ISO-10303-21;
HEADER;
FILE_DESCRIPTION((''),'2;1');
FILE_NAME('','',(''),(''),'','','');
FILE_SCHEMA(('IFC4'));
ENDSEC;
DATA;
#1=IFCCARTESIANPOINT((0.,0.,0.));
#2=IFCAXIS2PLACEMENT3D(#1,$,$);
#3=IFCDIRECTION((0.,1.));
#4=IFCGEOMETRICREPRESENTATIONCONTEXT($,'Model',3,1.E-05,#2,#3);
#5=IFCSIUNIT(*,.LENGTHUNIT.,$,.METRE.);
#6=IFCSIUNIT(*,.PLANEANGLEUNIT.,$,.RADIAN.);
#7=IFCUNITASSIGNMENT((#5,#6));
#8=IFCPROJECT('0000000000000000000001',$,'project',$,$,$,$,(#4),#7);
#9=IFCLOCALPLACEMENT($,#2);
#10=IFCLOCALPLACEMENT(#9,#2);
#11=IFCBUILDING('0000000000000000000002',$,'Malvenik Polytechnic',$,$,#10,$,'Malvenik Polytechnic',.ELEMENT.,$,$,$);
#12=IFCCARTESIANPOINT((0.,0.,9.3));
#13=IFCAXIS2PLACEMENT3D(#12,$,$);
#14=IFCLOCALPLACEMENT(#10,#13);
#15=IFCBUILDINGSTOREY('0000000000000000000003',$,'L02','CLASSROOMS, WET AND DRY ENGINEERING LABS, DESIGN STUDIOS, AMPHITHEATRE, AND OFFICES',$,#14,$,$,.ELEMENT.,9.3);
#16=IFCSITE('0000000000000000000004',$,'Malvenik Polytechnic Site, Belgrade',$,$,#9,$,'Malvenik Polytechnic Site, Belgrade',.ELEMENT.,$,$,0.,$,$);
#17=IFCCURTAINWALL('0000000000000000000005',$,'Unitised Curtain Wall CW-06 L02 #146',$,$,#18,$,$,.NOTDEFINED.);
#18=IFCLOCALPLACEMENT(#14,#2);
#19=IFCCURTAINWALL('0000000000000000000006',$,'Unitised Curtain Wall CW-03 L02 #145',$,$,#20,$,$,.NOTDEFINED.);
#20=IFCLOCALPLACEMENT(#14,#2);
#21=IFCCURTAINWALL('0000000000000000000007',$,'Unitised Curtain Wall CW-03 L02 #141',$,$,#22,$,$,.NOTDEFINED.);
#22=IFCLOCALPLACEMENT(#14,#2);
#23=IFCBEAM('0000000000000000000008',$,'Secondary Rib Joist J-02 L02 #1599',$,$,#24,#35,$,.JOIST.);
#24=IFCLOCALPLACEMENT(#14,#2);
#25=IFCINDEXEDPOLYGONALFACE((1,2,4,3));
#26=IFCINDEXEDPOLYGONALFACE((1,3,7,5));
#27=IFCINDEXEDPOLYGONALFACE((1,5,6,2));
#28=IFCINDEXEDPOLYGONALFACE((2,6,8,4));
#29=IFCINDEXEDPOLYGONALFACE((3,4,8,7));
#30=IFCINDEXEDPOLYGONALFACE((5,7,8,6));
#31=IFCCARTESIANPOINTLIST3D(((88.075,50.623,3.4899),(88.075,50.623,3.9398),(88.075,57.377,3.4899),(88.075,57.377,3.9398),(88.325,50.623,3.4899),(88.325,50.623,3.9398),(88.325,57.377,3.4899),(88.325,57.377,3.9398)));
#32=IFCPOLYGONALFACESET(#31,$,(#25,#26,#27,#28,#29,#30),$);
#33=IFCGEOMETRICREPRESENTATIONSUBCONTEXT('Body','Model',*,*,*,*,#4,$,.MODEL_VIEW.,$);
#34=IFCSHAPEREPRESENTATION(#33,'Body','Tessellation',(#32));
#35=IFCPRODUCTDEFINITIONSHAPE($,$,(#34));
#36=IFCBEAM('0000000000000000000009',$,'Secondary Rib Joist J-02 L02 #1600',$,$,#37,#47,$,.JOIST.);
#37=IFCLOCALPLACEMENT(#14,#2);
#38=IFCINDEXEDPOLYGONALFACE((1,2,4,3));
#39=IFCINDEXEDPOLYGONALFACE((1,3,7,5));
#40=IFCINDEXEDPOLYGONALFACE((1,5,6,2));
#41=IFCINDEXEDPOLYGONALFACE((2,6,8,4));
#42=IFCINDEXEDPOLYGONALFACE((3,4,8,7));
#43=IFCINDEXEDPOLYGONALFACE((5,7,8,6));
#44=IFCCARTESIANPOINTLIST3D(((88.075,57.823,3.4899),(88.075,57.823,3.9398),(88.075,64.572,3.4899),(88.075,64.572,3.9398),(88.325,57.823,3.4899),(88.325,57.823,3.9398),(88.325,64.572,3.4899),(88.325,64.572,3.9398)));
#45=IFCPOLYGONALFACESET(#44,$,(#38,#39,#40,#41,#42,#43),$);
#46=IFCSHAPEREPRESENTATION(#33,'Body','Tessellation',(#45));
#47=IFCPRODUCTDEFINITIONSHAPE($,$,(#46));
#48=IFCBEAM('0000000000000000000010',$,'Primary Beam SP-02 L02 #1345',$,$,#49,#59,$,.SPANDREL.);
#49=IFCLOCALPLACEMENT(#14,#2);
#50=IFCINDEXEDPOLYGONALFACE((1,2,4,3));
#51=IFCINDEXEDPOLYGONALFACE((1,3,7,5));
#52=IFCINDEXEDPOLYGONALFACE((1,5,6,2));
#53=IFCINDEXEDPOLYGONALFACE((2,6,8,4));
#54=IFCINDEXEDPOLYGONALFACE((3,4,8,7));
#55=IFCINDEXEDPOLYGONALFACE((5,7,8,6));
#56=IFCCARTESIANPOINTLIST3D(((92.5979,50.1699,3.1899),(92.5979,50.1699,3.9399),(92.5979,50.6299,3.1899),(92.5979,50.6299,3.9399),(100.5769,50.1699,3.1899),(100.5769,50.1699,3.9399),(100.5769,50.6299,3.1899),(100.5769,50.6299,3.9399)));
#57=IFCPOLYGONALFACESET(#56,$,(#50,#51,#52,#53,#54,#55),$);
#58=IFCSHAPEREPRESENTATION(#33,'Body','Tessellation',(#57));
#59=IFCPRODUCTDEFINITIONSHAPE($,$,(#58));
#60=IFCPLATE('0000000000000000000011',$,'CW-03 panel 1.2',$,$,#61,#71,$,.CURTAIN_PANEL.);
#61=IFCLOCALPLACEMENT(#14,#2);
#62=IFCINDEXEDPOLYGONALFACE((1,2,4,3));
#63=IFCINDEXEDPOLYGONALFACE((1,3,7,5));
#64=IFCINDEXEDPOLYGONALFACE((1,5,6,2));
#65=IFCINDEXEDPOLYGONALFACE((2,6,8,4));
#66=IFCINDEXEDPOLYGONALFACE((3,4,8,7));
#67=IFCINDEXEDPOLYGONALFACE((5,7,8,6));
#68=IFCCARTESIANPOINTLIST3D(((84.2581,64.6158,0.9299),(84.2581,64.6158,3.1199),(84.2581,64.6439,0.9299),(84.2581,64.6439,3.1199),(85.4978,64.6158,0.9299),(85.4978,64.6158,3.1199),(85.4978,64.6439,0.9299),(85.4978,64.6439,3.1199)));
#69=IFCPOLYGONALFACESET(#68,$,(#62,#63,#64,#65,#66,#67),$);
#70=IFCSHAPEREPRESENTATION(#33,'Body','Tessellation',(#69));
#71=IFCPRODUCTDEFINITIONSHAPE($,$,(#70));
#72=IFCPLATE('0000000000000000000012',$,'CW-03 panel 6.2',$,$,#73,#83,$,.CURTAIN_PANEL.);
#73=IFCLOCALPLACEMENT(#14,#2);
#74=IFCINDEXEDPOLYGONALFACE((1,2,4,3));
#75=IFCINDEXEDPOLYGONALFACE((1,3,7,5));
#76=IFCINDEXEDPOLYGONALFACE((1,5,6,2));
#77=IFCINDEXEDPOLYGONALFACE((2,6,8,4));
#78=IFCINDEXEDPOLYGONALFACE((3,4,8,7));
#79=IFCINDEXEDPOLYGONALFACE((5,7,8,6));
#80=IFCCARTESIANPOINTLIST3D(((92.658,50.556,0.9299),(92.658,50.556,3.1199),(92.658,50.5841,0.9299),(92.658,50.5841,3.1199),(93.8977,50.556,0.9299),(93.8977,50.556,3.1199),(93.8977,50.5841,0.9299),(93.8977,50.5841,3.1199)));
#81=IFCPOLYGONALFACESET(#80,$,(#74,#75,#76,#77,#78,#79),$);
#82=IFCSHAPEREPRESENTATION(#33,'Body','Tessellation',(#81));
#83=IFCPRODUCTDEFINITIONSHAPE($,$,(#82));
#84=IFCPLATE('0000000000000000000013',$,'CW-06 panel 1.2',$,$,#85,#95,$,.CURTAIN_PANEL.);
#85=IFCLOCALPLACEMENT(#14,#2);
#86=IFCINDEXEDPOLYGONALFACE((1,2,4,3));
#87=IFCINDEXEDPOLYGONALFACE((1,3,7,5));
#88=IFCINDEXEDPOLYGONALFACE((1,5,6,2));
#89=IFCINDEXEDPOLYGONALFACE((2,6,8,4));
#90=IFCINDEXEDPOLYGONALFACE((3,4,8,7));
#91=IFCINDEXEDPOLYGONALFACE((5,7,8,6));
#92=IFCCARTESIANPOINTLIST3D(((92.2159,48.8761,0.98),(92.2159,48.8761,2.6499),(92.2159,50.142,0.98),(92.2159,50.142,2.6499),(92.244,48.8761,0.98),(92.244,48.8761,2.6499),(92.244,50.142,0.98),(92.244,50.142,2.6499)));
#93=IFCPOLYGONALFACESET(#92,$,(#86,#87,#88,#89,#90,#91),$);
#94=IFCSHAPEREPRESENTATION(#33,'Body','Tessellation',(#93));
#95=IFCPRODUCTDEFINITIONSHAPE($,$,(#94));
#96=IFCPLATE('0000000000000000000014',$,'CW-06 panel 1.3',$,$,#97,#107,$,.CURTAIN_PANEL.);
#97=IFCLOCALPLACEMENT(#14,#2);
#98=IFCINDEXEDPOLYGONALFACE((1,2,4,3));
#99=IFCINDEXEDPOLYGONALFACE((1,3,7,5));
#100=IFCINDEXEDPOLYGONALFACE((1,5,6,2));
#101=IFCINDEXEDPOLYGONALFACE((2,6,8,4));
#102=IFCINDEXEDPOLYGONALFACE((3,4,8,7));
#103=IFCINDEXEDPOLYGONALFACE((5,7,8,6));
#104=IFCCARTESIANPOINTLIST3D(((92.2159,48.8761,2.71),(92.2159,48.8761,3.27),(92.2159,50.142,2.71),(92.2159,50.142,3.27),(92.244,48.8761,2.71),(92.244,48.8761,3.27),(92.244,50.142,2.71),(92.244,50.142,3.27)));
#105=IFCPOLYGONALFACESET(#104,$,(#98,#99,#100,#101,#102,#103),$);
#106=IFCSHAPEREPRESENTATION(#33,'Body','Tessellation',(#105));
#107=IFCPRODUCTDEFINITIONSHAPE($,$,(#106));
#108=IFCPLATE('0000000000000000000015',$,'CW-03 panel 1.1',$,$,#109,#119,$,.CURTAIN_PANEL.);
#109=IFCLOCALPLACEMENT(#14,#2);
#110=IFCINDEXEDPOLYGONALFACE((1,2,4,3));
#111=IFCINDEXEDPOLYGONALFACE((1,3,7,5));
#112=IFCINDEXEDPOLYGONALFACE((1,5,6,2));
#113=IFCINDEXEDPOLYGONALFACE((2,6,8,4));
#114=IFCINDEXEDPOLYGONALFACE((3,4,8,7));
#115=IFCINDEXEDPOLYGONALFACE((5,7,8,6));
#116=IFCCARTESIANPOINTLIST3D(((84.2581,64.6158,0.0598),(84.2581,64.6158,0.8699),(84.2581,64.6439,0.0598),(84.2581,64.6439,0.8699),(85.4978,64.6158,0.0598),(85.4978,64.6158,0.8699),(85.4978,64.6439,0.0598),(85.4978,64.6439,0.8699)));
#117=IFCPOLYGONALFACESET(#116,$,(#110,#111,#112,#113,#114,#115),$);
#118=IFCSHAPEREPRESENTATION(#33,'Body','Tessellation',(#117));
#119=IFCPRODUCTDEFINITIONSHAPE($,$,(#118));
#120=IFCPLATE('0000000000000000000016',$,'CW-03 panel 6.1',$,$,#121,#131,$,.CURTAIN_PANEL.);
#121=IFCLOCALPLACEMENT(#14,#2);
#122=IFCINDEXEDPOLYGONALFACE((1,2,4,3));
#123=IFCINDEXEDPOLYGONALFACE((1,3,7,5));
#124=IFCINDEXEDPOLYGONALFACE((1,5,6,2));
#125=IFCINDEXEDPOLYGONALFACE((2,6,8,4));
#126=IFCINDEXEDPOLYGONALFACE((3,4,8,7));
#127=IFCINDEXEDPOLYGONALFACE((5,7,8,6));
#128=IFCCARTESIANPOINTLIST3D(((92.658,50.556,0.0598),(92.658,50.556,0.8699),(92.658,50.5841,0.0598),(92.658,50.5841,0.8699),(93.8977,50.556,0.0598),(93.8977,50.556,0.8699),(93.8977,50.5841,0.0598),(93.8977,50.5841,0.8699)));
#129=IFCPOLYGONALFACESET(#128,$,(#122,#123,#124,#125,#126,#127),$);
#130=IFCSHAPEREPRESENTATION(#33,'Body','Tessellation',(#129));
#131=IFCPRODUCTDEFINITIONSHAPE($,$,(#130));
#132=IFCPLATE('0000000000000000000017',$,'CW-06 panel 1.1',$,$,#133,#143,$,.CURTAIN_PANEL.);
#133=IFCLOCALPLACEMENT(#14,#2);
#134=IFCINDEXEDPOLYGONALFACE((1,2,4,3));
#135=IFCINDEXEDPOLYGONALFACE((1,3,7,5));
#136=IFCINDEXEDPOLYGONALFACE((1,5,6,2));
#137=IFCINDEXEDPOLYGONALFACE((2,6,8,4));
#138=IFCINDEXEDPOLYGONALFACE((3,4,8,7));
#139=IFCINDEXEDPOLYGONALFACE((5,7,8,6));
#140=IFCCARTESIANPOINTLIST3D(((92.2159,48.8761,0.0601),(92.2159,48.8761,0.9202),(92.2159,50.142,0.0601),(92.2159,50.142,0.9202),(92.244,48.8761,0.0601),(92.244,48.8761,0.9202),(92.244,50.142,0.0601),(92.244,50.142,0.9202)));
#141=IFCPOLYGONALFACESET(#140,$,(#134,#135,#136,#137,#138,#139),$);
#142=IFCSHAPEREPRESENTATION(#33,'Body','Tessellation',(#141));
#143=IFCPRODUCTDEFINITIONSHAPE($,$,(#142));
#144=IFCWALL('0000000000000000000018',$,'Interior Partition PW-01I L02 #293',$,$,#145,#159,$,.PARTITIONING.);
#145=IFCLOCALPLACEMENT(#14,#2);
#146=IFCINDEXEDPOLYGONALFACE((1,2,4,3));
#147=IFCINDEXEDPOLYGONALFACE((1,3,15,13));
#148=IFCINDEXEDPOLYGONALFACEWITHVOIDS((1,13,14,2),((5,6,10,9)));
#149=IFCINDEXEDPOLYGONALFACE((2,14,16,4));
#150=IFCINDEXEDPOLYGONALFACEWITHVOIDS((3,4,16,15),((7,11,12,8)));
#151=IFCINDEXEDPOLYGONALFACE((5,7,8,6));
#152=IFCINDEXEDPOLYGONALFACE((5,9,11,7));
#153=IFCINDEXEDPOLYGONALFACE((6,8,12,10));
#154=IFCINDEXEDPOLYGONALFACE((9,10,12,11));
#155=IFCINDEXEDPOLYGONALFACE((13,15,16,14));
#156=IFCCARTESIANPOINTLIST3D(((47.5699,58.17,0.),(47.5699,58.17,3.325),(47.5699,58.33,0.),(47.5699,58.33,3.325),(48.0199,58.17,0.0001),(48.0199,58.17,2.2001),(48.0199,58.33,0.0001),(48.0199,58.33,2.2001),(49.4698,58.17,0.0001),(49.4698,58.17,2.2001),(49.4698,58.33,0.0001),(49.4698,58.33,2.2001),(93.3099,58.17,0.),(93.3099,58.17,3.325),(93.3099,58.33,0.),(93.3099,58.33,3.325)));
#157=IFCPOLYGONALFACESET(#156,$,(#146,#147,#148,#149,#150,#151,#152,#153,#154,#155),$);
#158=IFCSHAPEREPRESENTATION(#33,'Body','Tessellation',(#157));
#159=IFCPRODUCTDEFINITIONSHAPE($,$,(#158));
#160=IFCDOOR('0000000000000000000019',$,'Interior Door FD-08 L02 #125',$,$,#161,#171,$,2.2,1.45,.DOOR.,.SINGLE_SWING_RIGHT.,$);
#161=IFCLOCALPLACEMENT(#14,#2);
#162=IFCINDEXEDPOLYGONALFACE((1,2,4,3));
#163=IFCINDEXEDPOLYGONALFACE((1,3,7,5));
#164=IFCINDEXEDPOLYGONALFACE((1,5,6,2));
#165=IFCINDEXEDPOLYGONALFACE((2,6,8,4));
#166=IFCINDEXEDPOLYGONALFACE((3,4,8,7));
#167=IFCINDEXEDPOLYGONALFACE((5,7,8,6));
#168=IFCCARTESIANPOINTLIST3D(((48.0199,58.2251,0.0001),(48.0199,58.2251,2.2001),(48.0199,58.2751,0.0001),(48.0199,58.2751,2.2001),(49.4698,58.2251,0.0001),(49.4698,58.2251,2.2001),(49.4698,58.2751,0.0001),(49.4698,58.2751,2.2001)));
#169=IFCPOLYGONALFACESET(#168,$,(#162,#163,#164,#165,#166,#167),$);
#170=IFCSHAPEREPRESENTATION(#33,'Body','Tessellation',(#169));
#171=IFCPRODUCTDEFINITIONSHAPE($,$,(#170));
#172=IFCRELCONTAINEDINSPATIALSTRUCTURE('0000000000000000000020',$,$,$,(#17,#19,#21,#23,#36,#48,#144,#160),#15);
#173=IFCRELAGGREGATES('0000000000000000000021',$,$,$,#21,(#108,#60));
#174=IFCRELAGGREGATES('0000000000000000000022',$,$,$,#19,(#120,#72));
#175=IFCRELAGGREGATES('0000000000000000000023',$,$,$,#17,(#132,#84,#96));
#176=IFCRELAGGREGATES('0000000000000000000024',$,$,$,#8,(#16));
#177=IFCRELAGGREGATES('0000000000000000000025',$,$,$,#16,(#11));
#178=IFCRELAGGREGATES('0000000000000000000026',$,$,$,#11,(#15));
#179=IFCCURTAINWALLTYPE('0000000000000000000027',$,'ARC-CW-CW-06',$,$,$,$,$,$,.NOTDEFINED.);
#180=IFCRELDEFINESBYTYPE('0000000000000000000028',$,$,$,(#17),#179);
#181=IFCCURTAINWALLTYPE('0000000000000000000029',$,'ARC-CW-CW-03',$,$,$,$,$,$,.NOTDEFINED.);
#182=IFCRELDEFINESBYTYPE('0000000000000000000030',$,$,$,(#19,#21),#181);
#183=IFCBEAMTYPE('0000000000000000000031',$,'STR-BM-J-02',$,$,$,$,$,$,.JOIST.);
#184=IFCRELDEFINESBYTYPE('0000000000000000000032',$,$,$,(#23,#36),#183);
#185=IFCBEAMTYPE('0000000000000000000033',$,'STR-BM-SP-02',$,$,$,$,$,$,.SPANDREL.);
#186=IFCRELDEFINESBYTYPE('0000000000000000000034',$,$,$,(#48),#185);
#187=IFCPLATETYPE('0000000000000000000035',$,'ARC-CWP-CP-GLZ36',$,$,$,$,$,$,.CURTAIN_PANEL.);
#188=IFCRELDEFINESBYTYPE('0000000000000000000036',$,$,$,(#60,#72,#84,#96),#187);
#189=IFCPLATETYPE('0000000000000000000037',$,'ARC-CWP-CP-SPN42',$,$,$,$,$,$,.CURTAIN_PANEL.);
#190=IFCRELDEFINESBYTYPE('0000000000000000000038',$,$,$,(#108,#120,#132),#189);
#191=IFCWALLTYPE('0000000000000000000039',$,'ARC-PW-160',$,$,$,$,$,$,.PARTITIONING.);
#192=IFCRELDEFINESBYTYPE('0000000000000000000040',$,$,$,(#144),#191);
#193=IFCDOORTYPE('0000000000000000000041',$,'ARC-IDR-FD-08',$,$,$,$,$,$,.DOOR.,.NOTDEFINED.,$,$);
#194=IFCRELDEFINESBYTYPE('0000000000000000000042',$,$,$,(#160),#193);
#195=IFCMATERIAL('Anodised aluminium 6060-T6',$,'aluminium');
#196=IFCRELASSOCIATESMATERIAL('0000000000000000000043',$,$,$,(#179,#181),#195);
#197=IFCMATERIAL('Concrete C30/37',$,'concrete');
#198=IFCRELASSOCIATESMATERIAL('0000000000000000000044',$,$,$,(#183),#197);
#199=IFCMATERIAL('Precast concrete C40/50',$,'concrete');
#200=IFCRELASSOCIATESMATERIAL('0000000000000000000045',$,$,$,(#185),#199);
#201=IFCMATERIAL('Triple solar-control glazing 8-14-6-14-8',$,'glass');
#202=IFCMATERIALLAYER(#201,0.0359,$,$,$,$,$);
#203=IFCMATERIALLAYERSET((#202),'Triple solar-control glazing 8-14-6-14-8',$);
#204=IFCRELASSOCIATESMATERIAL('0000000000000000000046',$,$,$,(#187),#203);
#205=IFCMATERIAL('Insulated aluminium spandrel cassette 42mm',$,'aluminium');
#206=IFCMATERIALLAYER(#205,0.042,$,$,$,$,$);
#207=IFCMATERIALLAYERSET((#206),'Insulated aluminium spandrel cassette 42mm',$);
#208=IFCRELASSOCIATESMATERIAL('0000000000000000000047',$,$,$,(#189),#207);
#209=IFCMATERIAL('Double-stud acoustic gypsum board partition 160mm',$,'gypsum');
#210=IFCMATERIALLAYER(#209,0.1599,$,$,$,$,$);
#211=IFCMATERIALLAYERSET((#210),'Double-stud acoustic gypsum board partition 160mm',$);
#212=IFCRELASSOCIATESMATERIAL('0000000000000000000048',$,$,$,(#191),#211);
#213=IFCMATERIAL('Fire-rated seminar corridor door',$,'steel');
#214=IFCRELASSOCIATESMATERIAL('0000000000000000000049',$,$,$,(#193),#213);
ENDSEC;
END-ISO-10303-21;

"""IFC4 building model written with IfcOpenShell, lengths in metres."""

from ifc_helpers import new_model, si_unit, direction, frame, frame_2d, origin, origin_2d, place, context, subcontext, project, spatial, rectangle, extrude, material, layer, layer_set, material_profile, profile_set, type_object, element, fill, aggregate, save


model = new_model("IFC4")

# Units and contexts
model_context = context("Model", 3, precision=1e-05, world=origin(), true_north=direction((0.0, 1.0)))
body_context = subcontext(model_context, "Body", "Model", "MODEL_VIEW")
ifc_project = project(units=[si_unit("LENGTHUNIT", "METRE"), si_unit("PLANEANGLEUNIT", "RADIAN")], contexts=[model_context])

# Site, building, storey
site_placement = place(None, origin())
site = spatial("IfcSite", under=ifc_project, at=site_placement, Name="Malvenik Polytechnic Site, Belgrade", LongName="Malvenik Polytechnic Site, Belgrade", CompositionType="ELEMENT", RefElevation=0.0)
building_placement = place(site_placement, origin())
building = spatial("IfcBuilding", under=site, at=building_placement, Name="Malvenik Polytechnic", LongName="Malvenik Polytechnic", CompositionType="ELEMENT")
storey_placement = place(building_placement, frame((0.0, 0.0, 9.3)))
storey = spatial("IfcBuildingStorey", under=building, at=storey_placement, Name="L02", Description="CLASSROOMS, WET AND DRY ENGINEERING LABS, DESIGN STUDIOS, AMPHITHEATRE, AND OFFICES", CompositionType="ELEMENT", Elevation=9.3)

# Shared definitions
ifc_material_1 = material(Name="Concrete C30/37", Category="concrete")

# Curtain wall
ifc_material_2 = material(Name="Anodised aluminium 6060-T6", Category="aluminium")
curtain_wall_type_1 = type_object("IfcCurtainWallType", Name="ARC-CW-CW-06", PredefinedType="NOTDEFINED", material=ifc_material_2)
curtain_wall_1_placement = place(storey_placement, origin())
curtain_wall_1 = element("IfcCurtainWall", 1, at=curtain_wall_1_placement, inside=storey, type_object=curtain_wall_type_1, Name="Unitised Curtain Wall CW-06 L02 #146", PredefinedType="NOTDEFINED")

# Curtain wall
curtain_wall_type_2 = type_object("IfcCurtainWallType", Name="ARC-CW-CW-03", PredefinedType="NOTDEFINED", material=ifc_material_2)
curtain_wall_2_placement = place(storey_placement, origin())
curtain_wall_2 = element("IfcCurtainWall", 2, at=curtain_wall_2_placement, inside=storey, type_object=curtain_wall_type_2, Name="Unitised Curtain Wall CW-03 L02 #145", PredefinedType="NOTDEFINED")

# Curtain wall
curtain_wall_3_placement = place(storey_placement, origin())
curtain_wall_3 = element("IfcCurtainWall", 3, at=curtain_wall_3_placement, inside=storey, type_object=curtain_wall_type_2, Name="Unitised Curtain Wall CW-03 L02 #141", PredefinedType="NOTDEFINED")

# Beams
ifc_material_profile_1 = material_profile(ifc_material_1, rectangle(XDim=0.25, YDim=0.45, at=origin_2d()), Name="RC JST 250x450")
ifc_profile_set_1 = profile_set([ifc_material_profile_1], Name="Concrete C30/37")
beam_type_1 = type_object("IfcBeamType", Name="STR-BM-J-02", PredefinedType="JOIST", material=ifc_profile_set_1)
beam_1_placement = place(storey_placement, frame((88.2, 50.623, 3.7148), z_axis=(0.0, 1.0, 0.0), x_axis=(-1.0, 0.0, 0.0)))
element("IfcBeam", 4, at=beam_1_placement, inside=storey, type_object=beam_type_1, Name="Secondary Rib Joist J-02 L02 #1599", PredefinedType="JOIST", context=body_context, shape_type="SweptSolid", body=[
    extrude(rectangle(XDim=0.25, YDim=0.45, at=origin_2d()), origin(), (0.0, 0.0, 1.0), 6.7539),
])
beam_2_placement = place(storey_placement, frame((88.2, 57.823, 3.7148), z_axis=(0.0, 1.0, 0.0), x_axis=(-1.0, 0.0, 0.0)))
element("IfcBeam", 5, at=beam_2_placement, inside=storey, type_object=beam_type_1, Name="Secondary Rib Joist J-02 L02 #1600", PredefinedType="JOIST", context=body_context, shape_type="SweptSolid", body=[
    extrude(rectangle(XDim=0.25, YDim=0.45, at=origin_2d()), origin(), (0.0, 0.0, 1.0), 6.749),
])
ifc_material_3 = material(Name="Precast concrete C40/50", Category="concrete")
ifc_material_profile_2 = material_profile(ifc_material_3, rectangle(XDim=0.46, YDim=0.75, at=origin_2d()), Name="PC SPN 460x750")
ifc_profile_set_2 = profile_set([ifc_material_profile_2], Name="Precast concrete C40/50")
beam_type_2 = type_object("IfcBeamType", Name="STR-BM-SP-02", PredefinedType="SPANDREL", material=ifc_profile_set_2)
beam_3_placement = place(storey_placement, frame((92.5979, 50.3999, 3.5649), z_axis=(1.0, 0.0, 0.0), x_axis=(0.0, 1.0, 0.0)))
element("IfcBeam", 6, at=beam_3_placement, inside=storey, type_object=beam_type_2, Name="Primary Beam SP-02 L02 #1345", PredefinedType="SPANDREL", context=body_context, shape_type="SweptSolid", body=[
    extrude(rectangle(XDim=0.46, YDim=0.75, at=origin_2d()), origin(), (0.0, 0.0, 1.0), 7.979),
])

# Plates
ifc_material_4 = material(Name="Triple solar-control glazing 8-14-6-14-8", Category="glass")
ifc_layer_1 = layer(ifc_material_4, 0.0359)
ifc_layer_set_1 = layer_set([ifc_layer_1], Name="Triple solar-control glazing 8-14-6-14-8")
plate_type_1 = type_object("IfcPlateType", Name="ARC-CWP-CP-GLZ36", PredefinedType="CURTAIN_PANEL", material=ifc_layer_set_1)
plate_1_placement = place(storey_placement, frame((84.8779, 64.6299, 0.9299), z_axis=(0.0, 0.0, 1.0), x_axis=(1.0, 0.0, 0.0)))
plate_1 = element("IfcPlate", 7, at=plate_1_placement, type_object=plate_type_1, Name="CW-03 panel 1.2", PredefinedType="CURTAIN_PANEL", context=body_context, shape_type="SweptSolid", body=[
    extrude(rectangle(XDim=1.2397, YDim=0.0281, at=origin_2d()), origin(), (0.0, 0.0, 1.0), 2.1899),
])
plate_2_placement = place(storey_placement, frame((93.2778, 50.5701, 0.9299), z_axis=(0.0, 0.0, 1.0), x_axis=(-1.0, 0.0, 0.0)))
plate_2 = element("IfcPlate", 8, at=plate_2_placement, type_object=plate_type_1, Name="CW-03 panel 6.2", PredefinedType="CURTAIN_PANEL", context=body_context, shape_type="SweptSolid", body=[
    extrude(rectangle(XDim=1.2397, YDim=0.0281, at=origin_2d()), origin(), (0.0, 0.0, 1.0), 2.1899),
])
plate_3_placement = place(storey_placement, frame((92.23, 49.509, 0.98), z_axis=(0.0, 0.0, 1.0), x_axis=(0.0, -1.0, 0.0)))
plate_3 = element("IfcPlate", 9, at=plate_3_placement, type_object=plate_type_1, Name="CW-06 panel 1.2", PredefinedType="CURTAIN_PANEL", context=body_context, shape_type="SweptSolid", body=[
    extrude(rectangle(XDim=1.2659, YDim=0.0281, at=origin_2d()), origin(), (0.0, 0.0, 1.0), 1.6699),
])
plate_4_placement = place(storey_placement, frame((92.23, 49.509, 2.71), z_axis=(0.0, 0.0, 1.0), x_axis=(0.0, -1.0, 0.0)))
plate_4 = element("IfcPlate", 10, at=plate_4_placement, type_object=plate_type_1, Name="CW-06 panel 1.3", PredefinedType="CURTAIN_PANEL", context=body_context, shape_type="SweptSolid", body=[
    extrude(rectangle(XDim=1.2659, YDim=0.0281, at=origin_2d()), origin(), (0.0, 0.0, 1.0), 0.5601),
])
ifc_material_5 = material(Name="Insulated aluminium spandrel cassette 42mm", Category="aluminium")
ifc_layer_2 = layer(ifc_material_5, 0.042)
ifc_layer_set_2 = layer_set([ifc_layer_2], Name="Insulated aluminium spandrel cassette 42mm")
plate_type_2 = type_object("IfcPlateType", Name="ARC-CWP-CP-SPN42", PredefinedType="CURTAIN_PANEL", material=ifc_layer_set_2)
plate_5_placement = place(storey_placement, frame((84.8779, 64.6299, 0.0598), z_axis=(0.0, 0.0, 1.0), x_axis=(1.0, 0.0, 0.0)))
plate_5 = element("IfcPlate", 11, at=plate_5_placement, type_object=plate_type_2, Name="CW-03 panel 1.1", PredefinedType="CURTAIN_PANEL", context=body_context, shape_type="SweptSolid", body=[
    extrude(rectangle(XDim=1.2397, YDim=0.0281, at=origin_2d()), origin(), (0.0, 0.0, 1.0), 0.8101),
])
aggregate(curtain_wall_3, [plate_5, plate_1])
plate_6_placement = place(storey_placement, frame((93.2778, 50.5701, 0.0598), z_axis=(0.0, 0.0, 1.0), x_axis=(-1.0, 0.0, 0.0)))
plate_6 = element("IfcPlate", 12, at=plate_6_placement, type_object=plate_type_2, Name="CW-03 panel 6.1", PredefinedType="CURTAIN_PANEL", context=body_context, shape_type="SweptSolid", body=[
    extrude(rectangle(XDim=1.2397, YDim=0.0281, at=origin_2d()), origin(), (0.0, 0.0, 1.0), 0.8101),
])
aggregate(curtain_wall_2, [plate_6, plate_2])
plate_7_placement = place(storey_placement, frame((92.23, 49.509, 0.0601), z_axis=(0.0, 0.0, 1.0), x_axis=(0.0, -1.0, 0.0)))
plate_7 = element("IfcPlate", 13, at=plate_7_placement, type_object=plate_type_2, Name="CW-06 panel 1.1", PredefinedType="CURTAIN_PANEL", context=body_context, shape_type="SweptSolid", body=[
    extrude(rectangle(XDim=1.2659, YDim=0.0281, at=origin_2d()), origin(), (0.0, 0.0, 1.0), 0.8601),
])
aggregate(curtain_wall_1, [plate_7, plate_3, plate_4])

# Wall, opening, door
ifc_material_6 = material(Name="Double-stud acoustic gypsum board partition 160mm", Category="gypsum")
ifc_layer_3 = layer(ifc_material_6, 0.1599)
ifc_layer_set_3 = layer_set([ifc_layer_3], Name="Double-stud acoustic gypsum board partition 160mm")
wall_type = type_object("IfcWallType", Name="ARC-PW-160", PredefinedType="PARTITIONING", material=ifc_layer_set_3)
wall_placement = place(storey_placement, frame((93.3101, 58.25, 0.0), z_axis=(0.0, 0.0, 1.0), x_axis=(-1.0, 0.0, 0.0)))
wall = element("IfcWall", 14, at=wall_placement, inside=storey, type_object=wall_type, Name="Interior Partition PW-01I L02 #293", PredefinedType="PARTITIONING", context=body_context, shape_type="SweptSolid", body=[
    extrude(rectangle(XDim=45.74, YDim=0.1599, at=frame_2d((22.8701, 0.0))), origin(), (0.0, 0.0, 1.0), 3.325),
])
opening_placement = place(wall_placement, frame((43.8401, 0.0, 0.0)))
opening = element("IfcOpeningElement", 15, at=opening_placement, cuts=wall, PredefinedType="OPENING", context=body_context, shape_type="SweptSolid", body=[
    extrude(rectangle(XDim=1.45, YDim=2.2, at=frame_2d((0.7251, 1.1001))), frame((0.0, 0.0898, 0.0), z_axis=(0.0, -1.0, 0.0), x_axis=(1.0, 0.0, 0.0)), (0.0, 0.0, 1.0), 0.1799),
])
ifc_material_7 = material(Name="Fire-rated seminar corridor door", Category="steel")
door_type = type_object("IfcDoorType", Name="ARC-IDR-FD-08", OperationType="NOTDEFINED", PredefinedType="DOOR", material=ifc_material_7)
door_placement = place(opening_placement, origin())
door = element("IfcDoor", 16, at=door_placement, inside=storey, type_object=door_type, Name="Interior Door FD-08 L02 #125", OperationType="SINGLE_SWING_RIGHT", OverallHeight=2.2, OverallWidth=1.45, PredefinedType="DOOR", context=body_context, shape_type="SweptSolid", body=[
    extrude(rectangle(XDim=1.45, YDim=2.2, at=frame_2d((0.7251, 1.1001))), frame((0.0, 0.0249, 0.0), z_axis=(0.0, -1.0, 0.0), x_axis=(1.0, 0.0, 0.0)), (0.0, 0.0, 1.0), 0.05),
])
fill(opening, door)

save(model, "model.ifc")
